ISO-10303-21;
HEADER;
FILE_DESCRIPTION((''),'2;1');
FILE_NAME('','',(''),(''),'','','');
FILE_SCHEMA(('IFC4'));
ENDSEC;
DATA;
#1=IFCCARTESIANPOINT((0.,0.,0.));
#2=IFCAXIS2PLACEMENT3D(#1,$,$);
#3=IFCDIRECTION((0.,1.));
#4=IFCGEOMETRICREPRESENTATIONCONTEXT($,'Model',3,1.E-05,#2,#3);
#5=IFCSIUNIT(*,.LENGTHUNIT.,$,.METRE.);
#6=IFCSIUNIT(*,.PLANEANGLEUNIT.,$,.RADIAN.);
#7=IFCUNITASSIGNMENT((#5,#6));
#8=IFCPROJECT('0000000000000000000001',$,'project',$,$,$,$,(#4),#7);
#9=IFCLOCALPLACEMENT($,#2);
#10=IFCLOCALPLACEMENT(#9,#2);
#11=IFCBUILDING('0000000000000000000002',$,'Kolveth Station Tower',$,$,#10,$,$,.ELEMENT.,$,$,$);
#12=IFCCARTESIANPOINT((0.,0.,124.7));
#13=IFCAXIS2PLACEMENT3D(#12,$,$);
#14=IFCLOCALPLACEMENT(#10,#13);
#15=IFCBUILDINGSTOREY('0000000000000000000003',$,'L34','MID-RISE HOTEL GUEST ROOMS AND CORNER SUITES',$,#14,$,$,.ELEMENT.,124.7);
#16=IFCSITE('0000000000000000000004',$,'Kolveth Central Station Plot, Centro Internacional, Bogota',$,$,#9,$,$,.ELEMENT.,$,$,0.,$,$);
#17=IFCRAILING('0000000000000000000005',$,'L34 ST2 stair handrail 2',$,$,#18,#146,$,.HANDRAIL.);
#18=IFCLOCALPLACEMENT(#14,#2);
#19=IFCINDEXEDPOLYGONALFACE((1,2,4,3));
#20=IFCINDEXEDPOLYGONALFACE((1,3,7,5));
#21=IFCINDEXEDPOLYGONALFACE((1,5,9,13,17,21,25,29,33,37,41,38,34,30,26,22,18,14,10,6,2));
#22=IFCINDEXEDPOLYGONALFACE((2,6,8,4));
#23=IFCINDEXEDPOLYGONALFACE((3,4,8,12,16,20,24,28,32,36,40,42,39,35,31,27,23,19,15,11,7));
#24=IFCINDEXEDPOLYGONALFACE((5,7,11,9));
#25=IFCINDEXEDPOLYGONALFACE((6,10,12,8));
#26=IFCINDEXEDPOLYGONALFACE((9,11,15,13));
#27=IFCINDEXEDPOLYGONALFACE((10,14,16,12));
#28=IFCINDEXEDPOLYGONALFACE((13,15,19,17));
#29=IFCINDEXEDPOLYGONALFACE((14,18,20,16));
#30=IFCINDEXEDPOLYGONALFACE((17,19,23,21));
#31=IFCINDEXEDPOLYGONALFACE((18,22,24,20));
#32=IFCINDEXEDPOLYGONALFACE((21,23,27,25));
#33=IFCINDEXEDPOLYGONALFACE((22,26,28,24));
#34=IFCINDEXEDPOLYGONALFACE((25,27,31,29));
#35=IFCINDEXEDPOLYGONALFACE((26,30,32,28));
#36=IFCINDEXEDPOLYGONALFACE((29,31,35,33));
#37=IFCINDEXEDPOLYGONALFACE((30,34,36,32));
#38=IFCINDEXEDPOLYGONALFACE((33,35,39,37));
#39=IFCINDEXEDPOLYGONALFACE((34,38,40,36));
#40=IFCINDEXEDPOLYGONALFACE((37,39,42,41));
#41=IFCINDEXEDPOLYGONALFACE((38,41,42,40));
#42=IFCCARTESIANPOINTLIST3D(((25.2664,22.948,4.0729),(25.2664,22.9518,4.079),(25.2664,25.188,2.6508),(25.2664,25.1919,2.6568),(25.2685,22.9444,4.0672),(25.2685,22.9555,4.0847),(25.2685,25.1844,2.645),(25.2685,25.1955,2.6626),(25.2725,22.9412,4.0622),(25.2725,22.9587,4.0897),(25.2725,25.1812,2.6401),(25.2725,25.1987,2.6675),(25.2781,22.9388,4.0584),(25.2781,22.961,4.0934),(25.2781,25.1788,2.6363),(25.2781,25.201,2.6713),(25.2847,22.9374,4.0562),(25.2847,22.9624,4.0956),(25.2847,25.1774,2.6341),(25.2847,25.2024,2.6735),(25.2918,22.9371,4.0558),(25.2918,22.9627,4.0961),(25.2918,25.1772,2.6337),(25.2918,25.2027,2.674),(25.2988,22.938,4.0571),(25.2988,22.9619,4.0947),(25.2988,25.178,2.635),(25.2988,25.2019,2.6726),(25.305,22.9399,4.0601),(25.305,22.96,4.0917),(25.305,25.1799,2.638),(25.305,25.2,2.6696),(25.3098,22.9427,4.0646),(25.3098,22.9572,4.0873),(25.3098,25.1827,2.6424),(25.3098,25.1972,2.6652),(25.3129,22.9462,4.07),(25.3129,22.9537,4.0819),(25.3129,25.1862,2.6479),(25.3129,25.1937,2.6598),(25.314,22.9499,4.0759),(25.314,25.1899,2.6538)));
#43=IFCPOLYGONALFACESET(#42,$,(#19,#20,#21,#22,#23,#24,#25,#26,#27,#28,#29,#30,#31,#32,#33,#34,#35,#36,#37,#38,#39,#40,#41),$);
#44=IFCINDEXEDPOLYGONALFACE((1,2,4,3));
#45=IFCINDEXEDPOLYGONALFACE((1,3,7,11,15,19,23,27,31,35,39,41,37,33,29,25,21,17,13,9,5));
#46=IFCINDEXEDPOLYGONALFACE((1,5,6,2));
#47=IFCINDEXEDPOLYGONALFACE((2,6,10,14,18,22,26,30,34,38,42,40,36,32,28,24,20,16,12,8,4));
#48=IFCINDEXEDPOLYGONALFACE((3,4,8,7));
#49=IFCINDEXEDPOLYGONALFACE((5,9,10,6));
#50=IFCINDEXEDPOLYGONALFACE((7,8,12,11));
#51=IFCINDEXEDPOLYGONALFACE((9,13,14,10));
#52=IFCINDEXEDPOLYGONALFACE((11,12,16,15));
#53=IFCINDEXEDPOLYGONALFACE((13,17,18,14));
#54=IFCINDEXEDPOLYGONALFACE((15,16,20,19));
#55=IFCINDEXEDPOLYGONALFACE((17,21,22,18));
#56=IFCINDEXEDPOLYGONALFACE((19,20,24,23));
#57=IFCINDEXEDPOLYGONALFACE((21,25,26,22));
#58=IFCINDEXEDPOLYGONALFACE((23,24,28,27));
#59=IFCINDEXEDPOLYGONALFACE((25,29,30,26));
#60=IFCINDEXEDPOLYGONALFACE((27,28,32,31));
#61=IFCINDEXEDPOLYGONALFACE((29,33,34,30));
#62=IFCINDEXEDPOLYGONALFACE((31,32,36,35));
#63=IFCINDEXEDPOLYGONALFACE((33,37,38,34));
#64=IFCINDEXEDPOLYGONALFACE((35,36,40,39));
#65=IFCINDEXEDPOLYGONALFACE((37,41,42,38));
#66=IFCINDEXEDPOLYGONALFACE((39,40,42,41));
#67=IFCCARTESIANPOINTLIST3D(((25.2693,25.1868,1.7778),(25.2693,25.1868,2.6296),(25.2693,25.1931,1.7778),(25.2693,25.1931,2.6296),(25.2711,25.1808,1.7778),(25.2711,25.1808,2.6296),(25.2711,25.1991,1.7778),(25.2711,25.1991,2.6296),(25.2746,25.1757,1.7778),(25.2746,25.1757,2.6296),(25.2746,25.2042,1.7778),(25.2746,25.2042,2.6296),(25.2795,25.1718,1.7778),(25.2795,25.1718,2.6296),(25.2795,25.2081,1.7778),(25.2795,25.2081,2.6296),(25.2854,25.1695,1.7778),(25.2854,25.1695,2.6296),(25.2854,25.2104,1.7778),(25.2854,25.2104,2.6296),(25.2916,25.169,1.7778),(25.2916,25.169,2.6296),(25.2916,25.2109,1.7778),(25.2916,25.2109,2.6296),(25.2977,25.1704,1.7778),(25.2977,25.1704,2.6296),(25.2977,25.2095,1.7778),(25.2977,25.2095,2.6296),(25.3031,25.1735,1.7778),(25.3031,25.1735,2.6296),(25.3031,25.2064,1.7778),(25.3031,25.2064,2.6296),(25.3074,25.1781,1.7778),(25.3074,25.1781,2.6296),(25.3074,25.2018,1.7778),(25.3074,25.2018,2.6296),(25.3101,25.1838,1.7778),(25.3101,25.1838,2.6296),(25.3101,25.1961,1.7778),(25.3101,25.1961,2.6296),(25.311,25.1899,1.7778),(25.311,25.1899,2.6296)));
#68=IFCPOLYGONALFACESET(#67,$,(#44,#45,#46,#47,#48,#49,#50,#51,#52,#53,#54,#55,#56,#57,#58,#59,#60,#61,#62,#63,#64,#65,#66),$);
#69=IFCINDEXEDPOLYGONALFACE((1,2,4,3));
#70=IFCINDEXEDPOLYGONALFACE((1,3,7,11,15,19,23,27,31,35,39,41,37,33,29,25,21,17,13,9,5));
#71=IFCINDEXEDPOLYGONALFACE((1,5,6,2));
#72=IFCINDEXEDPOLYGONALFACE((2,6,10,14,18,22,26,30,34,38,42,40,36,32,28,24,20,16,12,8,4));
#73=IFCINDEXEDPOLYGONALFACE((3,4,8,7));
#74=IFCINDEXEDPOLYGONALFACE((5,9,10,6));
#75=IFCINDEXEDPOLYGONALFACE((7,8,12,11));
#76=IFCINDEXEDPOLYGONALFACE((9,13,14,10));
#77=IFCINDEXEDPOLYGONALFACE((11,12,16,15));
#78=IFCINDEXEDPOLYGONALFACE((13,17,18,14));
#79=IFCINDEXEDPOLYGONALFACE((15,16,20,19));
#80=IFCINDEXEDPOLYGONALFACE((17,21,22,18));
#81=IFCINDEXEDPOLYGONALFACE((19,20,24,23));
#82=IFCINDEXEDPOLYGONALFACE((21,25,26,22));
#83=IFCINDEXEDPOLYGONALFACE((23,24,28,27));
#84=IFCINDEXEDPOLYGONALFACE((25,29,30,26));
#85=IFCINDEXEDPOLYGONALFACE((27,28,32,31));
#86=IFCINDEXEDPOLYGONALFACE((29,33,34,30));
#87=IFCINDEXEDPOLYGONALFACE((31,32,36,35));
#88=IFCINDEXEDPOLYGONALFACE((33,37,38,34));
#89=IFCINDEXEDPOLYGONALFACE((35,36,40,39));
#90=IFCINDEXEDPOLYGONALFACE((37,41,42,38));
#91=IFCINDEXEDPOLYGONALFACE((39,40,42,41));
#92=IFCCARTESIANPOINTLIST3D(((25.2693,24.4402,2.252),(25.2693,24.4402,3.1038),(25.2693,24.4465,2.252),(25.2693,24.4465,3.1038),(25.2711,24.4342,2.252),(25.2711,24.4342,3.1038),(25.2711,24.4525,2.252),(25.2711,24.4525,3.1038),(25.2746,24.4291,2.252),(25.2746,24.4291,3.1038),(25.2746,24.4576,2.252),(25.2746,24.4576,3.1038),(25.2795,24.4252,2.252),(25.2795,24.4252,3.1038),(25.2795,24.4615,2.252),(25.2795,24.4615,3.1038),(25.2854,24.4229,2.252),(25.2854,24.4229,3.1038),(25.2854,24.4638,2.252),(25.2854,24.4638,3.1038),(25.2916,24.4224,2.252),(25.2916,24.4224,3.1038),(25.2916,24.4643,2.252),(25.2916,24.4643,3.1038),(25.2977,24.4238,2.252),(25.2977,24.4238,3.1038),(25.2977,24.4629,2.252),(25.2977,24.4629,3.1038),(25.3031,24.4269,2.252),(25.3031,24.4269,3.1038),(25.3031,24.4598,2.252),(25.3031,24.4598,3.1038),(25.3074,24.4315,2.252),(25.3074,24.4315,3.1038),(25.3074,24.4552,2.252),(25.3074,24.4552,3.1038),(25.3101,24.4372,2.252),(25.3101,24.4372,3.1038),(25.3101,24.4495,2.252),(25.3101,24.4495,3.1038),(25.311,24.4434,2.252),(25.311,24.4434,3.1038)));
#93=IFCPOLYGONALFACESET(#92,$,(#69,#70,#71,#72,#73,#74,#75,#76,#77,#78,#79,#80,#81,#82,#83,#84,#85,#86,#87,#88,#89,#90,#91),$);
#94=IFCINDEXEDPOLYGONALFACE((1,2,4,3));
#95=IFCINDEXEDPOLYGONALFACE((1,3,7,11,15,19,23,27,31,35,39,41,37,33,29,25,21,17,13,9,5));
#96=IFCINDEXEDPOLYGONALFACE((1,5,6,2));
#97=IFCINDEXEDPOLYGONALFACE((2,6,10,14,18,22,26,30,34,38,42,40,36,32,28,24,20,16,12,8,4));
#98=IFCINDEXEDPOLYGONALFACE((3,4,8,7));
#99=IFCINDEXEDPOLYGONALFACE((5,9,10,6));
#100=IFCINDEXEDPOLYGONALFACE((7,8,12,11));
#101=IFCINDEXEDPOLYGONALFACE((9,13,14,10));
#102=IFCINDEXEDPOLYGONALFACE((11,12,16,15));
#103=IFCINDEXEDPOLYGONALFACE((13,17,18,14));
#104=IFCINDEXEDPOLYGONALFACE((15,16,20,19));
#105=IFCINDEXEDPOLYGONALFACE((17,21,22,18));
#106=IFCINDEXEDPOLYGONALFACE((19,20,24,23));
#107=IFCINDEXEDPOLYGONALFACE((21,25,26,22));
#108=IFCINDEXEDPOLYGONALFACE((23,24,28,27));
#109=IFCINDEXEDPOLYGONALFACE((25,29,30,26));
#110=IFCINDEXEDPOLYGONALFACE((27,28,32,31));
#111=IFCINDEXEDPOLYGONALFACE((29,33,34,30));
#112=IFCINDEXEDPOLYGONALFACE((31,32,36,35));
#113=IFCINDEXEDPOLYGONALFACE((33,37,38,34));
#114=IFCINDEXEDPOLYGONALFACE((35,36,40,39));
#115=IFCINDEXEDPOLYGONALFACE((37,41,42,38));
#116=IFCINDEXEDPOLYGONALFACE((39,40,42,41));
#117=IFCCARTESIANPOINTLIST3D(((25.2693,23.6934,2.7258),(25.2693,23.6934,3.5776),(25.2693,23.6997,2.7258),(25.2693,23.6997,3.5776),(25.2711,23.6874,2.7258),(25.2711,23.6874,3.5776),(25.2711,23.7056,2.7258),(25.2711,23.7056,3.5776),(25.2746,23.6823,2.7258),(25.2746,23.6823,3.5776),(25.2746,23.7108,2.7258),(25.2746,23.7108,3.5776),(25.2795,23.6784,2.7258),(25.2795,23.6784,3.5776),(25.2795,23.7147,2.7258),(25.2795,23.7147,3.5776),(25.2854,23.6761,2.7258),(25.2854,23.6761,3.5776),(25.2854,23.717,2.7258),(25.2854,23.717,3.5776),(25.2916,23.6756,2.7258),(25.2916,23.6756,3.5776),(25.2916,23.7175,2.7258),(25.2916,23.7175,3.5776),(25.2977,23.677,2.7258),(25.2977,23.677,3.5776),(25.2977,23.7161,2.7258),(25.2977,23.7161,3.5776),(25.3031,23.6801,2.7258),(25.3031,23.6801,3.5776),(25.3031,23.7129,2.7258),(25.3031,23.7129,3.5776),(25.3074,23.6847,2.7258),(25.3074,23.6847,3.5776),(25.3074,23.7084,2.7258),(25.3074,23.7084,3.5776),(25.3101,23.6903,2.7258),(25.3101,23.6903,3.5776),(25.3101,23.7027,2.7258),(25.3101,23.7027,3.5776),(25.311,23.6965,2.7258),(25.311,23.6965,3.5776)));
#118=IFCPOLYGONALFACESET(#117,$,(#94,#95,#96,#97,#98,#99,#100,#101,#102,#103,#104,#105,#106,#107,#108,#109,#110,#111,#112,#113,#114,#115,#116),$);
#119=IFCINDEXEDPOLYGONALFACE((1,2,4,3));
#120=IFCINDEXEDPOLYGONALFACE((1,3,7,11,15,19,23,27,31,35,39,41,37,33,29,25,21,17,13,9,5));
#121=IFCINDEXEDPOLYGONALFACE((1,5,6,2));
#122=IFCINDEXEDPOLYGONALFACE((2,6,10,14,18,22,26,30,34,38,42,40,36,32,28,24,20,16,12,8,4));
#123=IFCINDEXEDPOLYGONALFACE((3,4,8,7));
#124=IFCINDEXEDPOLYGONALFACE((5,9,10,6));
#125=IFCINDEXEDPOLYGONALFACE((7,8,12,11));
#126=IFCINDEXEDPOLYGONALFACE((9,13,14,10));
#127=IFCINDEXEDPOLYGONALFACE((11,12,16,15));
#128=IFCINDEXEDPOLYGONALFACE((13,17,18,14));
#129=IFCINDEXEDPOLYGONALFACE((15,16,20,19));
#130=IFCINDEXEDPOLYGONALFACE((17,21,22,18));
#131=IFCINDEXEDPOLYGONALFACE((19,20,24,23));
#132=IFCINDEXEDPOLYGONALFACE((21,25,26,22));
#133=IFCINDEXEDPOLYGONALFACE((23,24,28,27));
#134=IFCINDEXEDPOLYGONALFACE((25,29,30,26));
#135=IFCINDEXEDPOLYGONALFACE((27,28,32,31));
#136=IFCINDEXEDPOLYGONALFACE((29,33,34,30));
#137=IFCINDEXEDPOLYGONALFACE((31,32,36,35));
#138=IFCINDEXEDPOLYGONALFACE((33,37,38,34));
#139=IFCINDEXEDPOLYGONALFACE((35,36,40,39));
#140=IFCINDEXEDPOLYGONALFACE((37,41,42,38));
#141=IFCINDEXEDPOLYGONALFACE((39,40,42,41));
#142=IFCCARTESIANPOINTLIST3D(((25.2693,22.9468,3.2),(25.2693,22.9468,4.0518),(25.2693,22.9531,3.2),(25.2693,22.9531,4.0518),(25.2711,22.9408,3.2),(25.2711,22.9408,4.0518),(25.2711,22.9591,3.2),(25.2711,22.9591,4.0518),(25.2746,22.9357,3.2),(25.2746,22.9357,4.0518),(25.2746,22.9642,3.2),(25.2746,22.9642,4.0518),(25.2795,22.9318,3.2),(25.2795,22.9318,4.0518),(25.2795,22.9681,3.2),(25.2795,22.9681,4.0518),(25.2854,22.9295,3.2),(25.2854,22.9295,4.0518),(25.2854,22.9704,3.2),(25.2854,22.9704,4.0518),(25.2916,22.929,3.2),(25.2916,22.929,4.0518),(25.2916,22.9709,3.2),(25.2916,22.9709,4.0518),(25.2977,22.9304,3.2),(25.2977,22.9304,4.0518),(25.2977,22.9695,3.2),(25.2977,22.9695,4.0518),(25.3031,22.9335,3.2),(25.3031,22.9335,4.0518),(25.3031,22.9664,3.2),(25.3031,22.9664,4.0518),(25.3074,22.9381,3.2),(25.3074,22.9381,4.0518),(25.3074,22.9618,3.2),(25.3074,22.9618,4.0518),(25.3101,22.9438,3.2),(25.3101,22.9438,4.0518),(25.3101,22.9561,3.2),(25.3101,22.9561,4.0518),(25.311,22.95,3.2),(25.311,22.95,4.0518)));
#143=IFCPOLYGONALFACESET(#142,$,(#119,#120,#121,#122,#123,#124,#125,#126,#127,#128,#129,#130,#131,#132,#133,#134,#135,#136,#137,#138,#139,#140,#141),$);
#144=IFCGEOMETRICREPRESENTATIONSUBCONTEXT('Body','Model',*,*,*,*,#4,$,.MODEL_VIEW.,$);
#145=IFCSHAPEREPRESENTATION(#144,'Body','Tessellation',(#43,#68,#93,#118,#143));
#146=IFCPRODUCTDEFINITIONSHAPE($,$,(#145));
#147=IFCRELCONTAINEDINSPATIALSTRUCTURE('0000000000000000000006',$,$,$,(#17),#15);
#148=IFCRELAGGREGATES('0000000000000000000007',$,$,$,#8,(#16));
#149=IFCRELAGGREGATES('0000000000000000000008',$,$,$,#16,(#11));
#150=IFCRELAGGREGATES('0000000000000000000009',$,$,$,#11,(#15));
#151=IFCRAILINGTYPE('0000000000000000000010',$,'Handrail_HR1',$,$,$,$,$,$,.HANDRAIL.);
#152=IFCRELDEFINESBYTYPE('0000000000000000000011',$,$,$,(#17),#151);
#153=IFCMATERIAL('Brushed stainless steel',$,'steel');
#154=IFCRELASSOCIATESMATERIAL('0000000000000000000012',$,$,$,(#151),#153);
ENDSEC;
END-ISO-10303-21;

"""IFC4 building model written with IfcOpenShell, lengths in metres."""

from ifc_helpers import new_model, si_unit, direction, frame, origin, origin_2d, place, context, subcontext, project, spatial, circle, extrude, material, type_object, element, save


model = new_model("IFC4")

# Units and contexts
model_context = context("Model", 3, precision=1e-05, world=origin(), true_north=direction((0.0, 1.0)))
body_context = subcontext(model_context, "Body", "Model", "MODEL_VIEW")
ifc_project = project(units=[si_unit("LENGTHUNIT", "METRE"), si_unit("PLANEANGLEUNIT", "RADIAN")], contexts=[model_context])

# Site, building, storey
site_placement = place(None, origin())
site = spatial("IfcSite", under=ifc_project, at=site_placement, Name="Kolveth Central Station Plot, Centro Internacional, Bogota", CompositionType="ELEMENT", RefElevation=0.0)
building_placement = place(site_placement, origin())
building = spatial("IfcBuilding", under=site, at=building_placement, Name="Kolveth Station Tower", CompositionType="ELEMENT")
storey_placement = place(building_placement, frame((0.0, 0.0, 124.7)))
storey = spatial("IfcBuildingStorey", under=building, at=storey_placement, Name="L34", Description="MID-RISE HOTEL GUEST ROOMS AND CORNER SUITES", CompositionType="ELEMENT", Elevation=124.7)

# Railing
ifc_material_1 = material(Name="Brushed stainless steel", Category="steel")
railing_type_1 = type_object("IfcRailingType", Name="Handrail_HR1", PredefinedType="HANDRAIL", material=ifc_material_1)
railing_1_placement = place(storey_placement, frame((25.29, 25.1899, 1.7778)))
element("IfcRailing", 1, at=railing_1_placement, inside=storey, type_object=railing_type_1, Name="L34 ST2 stair handrail 2", PredefinedType="HANDRAIL", context=body_context, shape_type="SweptSolid", body=[
    extrude(circle(Radius=0.0239, at=origin_2d()), frame((0.0, 0.0, 0.876), z_axis=(0.0, -0.844229, 0.535982), x_axis=(1.0, 0.0, 0.0)), (0.0, 0.0, 1.0), 2.6533),
    extrude(circle(Radius=0.021, at=origin_2d()), origin(), (0.0, 0.0, 1.0), 0.8518),
    extrude(circle(Radius=0.021, at=origin_2d()), frame((0.0, -0.7466, 0.4741)), (0.0, 0.0, 1.0), 0.8518),
    extrude(circle(Radius=0.021, at=origin_2d()), frame((0.0, -1.4934, 0.948)), (0.0, 0.0, 1.0), 0.8518),
    extrude(circle(Radius=0.021, at=origin_2d()), frame((0.0, -2.24, 1.4221)), (0.0, 0.0, 1.0), 0.8518),
])

save(model, "model.ifc")
